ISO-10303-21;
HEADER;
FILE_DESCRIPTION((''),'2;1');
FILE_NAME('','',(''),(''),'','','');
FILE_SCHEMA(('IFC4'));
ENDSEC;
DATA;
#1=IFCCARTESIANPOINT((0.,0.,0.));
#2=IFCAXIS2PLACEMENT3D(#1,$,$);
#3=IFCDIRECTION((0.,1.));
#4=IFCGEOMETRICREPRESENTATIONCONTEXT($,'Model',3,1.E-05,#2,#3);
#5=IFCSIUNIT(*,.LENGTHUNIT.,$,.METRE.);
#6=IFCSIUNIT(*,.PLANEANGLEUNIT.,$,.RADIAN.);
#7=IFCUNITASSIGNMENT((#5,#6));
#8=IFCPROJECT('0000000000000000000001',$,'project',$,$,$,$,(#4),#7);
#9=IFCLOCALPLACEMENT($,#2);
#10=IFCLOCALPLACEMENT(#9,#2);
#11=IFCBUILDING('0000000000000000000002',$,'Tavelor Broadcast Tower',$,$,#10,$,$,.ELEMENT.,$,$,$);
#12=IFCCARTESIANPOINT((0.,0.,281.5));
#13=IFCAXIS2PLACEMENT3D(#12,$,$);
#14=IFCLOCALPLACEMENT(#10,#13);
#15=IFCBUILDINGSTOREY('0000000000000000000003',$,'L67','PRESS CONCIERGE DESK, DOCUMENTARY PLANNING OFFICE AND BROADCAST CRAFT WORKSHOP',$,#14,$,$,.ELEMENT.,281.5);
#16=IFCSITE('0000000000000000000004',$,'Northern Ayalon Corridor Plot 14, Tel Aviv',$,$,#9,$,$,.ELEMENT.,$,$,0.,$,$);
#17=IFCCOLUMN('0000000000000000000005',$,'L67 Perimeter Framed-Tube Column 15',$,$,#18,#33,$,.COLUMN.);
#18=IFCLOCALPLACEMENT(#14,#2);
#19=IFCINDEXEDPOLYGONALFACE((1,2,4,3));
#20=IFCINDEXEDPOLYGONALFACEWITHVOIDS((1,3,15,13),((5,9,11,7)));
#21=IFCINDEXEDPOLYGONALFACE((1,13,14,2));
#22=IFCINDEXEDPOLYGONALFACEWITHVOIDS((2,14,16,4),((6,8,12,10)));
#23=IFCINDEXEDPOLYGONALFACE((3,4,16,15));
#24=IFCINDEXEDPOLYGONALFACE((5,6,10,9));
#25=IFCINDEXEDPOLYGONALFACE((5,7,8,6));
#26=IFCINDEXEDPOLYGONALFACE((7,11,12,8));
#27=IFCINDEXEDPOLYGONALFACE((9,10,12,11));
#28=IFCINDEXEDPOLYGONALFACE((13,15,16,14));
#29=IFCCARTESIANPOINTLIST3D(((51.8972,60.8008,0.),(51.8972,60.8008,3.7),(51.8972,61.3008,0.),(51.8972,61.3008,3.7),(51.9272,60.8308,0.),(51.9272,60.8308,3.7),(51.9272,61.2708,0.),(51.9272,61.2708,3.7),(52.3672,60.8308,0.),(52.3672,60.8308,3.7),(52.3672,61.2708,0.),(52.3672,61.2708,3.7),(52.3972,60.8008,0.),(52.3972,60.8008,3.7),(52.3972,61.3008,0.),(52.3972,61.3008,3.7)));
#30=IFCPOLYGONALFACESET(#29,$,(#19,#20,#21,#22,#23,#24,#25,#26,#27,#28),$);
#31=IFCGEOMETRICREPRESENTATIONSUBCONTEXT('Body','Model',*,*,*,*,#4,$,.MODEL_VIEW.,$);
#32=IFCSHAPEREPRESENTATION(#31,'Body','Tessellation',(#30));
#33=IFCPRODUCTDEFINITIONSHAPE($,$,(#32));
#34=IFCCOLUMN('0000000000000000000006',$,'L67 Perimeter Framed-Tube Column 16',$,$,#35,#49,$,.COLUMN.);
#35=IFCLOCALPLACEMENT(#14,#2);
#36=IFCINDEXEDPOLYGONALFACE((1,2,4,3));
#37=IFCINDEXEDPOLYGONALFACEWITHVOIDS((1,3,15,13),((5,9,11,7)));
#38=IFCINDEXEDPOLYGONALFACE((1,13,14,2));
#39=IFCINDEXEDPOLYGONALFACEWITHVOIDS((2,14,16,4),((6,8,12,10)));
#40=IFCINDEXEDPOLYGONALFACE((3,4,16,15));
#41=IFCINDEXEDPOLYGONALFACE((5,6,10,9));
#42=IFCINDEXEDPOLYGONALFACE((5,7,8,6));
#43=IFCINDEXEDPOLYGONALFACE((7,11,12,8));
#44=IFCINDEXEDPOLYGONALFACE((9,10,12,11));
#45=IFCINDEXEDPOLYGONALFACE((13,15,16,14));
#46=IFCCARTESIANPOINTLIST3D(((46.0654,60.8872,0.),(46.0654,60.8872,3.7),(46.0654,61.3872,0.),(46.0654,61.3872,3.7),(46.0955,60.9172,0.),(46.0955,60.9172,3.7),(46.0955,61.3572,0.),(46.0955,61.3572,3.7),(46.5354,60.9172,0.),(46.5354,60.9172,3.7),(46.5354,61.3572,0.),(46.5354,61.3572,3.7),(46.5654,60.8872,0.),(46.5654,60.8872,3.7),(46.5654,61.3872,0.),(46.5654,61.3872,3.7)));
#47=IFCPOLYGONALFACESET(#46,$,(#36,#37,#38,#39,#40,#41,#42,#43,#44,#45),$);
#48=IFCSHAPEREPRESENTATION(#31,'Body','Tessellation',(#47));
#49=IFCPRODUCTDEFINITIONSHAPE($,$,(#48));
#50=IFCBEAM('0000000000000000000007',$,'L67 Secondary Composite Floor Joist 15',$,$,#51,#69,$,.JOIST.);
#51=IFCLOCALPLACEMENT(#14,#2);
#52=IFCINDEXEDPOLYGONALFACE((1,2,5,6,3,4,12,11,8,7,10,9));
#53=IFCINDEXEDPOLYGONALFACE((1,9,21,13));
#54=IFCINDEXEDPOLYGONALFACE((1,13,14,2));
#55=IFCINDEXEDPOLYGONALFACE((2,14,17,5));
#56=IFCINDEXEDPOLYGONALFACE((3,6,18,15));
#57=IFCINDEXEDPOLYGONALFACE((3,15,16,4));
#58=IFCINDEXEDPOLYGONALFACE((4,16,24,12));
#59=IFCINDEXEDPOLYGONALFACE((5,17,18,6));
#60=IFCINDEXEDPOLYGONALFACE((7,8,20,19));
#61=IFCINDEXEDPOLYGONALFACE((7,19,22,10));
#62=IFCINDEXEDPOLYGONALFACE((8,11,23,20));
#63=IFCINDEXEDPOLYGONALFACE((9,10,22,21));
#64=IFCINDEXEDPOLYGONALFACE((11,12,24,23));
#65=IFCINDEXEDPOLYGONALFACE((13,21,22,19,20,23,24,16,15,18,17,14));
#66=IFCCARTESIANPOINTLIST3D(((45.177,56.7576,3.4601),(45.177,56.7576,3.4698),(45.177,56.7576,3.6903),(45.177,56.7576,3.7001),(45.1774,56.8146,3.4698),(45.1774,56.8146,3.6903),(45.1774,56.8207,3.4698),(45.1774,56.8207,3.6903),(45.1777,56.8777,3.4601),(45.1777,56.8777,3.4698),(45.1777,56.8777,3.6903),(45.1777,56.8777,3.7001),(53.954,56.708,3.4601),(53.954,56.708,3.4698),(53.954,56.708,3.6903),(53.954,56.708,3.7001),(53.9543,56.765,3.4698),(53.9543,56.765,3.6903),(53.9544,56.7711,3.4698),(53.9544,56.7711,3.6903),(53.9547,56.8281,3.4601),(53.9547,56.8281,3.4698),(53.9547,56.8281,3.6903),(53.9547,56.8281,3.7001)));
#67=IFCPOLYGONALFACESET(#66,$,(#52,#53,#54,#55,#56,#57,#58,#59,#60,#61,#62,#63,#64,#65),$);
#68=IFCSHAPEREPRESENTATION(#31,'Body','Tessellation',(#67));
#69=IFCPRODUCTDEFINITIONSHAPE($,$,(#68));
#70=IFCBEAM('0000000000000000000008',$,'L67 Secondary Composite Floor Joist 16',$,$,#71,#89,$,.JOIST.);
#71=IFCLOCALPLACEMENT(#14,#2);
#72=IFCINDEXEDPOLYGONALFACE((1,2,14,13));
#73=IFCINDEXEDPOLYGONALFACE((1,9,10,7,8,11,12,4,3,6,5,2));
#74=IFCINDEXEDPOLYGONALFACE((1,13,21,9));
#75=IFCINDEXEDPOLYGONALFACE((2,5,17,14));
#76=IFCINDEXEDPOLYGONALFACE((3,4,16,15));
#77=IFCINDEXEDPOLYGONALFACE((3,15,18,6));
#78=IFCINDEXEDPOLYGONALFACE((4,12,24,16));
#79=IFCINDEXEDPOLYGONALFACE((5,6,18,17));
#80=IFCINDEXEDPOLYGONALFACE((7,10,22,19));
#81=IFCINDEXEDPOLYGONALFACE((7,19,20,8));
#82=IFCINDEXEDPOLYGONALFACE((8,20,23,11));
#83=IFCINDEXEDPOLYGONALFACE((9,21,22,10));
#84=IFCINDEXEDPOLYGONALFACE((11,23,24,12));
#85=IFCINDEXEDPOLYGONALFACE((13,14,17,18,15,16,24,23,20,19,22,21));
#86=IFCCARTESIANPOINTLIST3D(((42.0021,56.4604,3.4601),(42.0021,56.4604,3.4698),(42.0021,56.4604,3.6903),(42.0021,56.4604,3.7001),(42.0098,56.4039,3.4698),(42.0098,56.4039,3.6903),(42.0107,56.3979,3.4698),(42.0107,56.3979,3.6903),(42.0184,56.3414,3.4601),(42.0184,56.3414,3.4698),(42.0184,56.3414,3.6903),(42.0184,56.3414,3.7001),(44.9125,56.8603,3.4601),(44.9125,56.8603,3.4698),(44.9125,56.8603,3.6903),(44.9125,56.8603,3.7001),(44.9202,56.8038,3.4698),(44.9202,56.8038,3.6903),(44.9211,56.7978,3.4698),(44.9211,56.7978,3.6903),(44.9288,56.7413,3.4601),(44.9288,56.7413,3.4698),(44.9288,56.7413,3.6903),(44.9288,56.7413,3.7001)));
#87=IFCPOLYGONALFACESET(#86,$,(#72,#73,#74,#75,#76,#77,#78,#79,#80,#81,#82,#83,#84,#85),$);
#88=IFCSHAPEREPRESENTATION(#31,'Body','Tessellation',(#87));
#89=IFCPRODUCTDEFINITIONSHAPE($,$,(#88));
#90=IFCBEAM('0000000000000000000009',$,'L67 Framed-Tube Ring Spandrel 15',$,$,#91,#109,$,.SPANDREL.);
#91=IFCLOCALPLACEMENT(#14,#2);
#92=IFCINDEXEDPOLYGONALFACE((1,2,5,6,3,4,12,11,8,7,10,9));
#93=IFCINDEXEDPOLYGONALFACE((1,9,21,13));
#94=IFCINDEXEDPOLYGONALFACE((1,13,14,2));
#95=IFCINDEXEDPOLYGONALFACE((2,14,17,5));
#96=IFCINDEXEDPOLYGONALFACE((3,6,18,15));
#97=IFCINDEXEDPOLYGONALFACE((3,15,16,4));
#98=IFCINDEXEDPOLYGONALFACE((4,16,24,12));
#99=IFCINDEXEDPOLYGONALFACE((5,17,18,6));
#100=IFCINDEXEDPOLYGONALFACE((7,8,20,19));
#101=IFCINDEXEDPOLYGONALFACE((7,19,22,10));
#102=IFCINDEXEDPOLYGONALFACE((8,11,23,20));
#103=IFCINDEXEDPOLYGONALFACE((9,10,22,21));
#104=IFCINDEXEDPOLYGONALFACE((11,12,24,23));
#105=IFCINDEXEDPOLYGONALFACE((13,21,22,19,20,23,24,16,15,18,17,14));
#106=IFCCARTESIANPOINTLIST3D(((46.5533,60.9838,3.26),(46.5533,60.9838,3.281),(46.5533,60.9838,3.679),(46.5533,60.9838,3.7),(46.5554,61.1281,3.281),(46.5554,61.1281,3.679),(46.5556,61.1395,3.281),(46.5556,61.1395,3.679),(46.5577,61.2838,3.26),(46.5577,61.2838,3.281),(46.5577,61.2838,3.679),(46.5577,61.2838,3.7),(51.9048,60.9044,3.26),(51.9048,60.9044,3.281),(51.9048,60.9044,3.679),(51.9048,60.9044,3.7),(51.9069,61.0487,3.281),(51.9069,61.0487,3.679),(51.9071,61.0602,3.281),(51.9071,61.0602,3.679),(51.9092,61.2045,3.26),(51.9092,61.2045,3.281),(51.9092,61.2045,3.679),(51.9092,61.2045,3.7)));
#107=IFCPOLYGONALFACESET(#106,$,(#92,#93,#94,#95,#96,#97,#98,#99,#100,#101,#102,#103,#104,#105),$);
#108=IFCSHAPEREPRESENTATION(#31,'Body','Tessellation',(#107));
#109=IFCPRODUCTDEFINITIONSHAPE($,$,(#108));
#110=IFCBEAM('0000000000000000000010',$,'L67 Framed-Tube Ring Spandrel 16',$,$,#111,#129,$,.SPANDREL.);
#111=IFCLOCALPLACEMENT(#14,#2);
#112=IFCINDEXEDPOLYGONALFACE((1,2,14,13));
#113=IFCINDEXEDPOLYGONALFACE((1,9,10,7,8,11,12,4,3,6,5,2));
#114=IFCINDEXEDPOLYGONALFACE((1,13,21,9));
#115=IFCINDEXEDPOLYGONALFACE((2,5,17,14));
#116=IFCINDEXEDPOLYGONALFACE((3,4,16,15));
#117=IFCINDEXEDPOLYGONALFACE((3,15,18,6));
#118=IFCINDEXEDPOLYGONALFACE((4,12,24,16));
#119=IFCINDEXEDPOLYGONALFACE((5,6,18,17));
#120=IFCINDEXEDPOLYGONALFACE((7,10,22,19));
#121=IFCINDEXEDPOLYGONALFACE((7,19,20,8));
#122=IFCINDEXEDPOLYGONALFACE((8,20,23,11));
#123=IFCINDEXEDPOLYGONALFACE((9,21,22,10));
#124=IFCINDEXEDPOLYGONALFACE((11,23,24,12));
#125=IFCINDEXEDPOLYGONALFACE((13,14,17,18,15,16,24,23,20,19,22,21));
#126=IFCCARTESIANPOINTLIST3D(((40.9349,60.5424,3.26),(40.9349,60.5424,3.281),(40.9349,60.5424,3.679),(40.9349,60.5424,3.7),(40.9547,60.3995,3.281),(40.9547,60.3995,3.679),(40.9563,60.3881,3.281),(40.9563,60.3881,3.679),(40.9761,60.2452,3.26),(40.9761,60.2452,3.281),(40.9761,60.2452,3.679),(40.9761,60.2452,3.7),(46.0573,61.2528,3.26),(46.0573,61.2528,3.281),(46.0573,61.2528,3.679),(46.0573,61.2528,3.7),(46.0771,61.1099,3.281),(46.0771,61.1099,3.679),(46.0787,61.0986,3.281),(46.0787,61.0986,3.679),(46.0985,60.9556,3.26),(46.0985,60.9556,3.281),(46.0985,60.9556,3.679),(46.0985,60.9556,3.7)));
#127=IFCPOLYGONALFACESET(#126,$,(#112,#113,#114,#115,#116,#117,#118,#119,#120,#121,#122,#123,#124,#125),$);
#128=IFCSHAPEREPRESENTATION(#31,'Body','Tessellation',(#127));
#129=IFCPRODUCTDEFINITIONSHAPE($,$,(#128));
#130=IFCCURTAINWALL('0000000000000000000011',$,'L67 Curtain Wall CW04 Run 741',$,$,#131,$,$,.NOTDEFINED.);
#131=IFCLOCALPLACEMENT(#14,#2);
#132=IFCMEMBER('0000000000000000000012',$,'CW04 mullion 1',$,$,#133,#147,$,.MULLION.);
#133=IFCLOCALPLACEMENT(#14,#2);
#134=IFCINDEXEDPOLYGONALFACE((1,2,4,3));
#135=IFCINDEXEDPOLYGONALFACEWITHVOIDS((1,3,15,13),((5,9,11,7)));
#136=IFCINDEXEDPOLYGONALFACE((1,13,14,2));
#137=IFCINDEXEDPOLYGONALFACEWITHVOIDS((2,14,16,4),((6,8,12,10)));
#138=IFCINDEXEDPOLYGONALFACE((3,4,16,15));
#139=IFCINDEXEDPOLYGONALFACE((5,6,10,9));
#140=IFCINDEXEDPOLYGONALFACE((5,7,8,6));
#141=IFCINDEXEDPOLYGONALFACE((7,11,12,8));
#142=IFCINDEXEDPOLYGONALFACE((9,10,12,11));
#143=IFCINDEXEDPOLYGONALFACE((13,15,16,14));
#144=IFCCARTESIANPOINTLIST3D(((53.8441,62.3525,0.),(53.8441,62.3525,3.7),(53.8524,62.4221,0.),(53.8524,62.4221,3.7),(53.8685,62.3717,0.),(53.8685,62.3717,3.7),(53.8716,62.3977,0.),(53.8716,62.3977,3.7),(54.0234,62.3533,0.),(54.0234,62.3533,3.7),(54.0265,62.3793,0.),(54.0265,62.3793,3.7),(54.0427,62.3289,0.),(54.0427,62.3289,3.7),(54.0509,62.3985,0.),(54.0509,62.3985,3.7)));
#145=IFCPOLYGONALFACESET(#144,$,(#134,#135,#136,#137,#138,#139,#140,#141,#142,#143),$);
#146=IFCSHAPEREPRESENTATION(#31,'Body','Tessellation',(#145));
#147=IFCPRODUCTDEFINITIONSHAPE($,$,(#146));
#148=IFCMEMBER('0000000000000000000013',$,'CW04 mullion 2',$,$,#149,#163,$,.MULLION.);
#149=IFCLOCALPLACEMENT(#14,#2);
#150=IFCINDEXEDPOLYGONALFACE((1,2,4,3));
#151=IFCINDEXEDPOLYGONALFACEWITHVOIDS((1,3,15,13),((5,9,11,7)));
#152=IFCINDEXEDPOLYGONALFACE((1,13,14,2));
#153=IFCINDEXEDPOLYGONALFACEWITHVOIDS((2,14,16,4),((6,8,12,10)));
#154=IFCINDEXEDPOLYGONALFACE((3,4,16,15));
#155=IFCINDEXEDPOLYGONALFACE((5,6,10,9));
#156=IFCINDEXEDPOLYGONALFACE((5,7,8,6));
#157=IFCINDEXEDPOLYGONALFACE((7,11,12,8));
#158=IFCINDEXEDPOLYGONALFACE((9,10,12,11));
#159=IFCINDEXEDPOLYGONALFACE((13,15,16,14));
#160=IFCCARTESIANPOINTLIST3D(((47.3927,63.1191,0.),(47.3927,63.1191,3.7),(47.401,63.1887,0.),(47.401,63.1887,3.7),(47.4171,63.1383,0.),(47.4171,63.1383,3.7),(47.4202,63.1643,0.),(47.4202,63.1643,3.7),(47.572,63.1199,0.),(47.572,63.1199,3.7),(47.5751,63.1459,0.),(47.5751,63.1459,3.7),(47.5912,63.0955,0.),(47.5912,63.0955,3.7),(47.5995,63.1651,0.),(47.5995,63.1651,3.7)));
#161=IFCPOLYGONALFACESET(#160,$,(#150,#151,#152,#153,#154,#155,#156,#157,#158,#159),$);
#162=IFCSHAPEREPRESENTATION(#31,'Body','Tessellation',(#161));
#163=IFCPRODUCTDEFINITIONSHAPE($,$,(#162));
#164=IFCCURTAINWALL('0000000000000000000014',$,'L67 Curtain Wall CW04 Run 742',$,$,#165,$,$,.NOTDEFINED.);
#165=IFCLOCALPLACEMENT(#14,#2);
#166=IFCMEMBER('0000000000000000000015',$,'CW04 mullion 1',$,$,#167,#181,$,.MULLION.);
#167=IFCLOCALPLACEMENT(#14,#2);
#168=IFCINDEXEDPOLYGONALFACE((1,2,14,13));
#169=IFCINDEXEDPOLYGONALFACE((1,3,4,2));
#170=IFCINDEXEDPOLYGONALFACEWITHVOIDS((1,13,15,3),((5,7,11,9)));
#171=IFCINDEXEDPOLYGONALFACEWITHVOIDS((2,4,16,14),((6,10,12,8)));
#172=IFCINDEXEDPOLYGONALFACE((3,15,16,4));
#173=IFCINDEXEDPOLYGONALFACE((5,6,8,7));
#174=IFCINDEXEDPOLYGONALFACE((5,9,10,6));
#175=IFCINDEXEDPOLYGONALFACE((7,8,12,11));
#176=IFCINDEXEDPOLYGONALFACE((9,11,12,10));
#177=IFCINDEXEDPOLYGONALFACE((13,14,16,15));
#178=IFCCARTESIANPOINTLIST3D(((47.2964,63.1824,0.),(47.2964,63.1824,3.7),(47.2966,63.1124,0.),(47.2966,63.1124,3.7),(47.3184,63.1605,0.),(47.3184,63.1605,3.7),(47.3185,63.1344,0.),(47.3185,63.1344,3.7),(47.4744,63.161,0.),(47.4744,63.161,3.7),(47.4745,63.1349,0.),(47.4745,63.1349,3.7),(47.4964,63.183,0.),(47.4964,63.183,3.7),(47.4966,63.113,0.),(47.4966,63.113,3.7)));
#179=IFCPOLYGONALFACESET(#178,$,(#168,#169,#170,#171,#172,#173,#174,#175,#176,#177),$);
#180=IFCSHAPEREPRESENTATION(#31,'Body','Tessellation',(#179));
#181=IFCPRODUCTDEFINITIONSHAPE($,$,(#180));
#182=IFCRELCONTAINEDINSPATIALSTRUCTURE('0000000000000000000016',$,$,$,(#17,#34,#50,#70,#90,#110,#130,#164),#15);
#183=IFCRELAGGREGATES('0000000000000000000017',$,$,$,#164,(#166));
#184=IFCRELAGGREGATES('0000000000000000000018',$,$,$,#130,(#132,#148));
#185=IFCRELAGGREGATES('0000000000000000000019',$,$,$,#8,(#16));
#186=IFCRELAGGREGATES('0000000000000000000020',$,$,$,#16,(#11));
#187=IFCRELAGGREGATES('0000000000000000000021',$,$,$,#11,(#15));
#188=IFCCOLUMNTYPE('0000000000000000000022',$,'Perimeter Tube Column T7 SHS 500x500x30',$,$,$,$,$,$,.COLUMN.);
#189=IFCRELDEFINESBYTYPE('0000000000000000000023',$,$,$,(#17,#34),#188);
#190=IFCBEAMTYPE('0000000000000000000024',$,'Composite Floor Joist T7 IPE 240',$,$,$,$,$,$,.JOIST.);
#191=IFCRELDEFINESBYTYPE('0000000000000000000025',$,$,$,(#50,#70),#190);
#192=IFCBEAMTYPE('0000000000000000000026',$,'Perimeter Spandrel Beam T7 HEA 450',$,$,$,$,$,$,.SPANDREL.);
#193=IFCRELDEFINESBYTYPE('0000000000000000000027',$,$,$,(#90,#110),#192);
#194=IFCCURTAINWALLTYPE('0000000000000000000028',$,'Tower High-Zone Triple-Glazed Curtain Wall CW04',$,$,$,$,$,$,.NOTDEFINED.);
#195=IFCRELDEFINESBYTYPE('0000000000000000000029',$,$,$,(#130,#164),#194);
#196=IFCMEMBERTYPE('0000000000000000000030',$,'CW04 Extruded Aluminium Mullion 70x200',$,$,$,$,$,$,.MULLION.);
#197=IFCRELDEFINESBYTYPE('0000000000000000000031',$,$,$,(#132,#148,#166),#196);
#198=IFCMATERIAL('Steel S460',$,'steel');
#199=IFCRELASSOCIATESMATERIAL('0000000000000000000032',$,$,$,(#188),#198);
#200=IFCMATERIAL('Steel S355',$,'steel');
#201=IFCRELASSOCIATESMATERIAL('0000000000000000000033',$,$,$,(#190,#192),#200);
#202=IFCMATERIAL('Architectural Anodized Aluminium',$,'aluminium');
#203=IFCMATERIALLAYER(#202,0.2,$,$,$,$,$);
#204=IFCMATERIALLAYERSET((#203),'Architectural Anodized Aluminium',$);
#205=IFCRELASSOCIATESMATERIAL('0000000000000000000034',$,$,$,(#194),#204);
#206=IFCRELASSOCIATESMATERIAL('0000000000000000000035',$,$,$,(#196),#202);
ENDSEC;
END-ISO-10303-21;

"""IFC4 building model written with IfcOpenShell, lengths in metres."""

from ifc_helpers import new_model, si_unit, direction, frame, origin, origin_2d, place, context, subcontext, project, spatial, hollow_rectangle, i_section, extrude, source, transform, mapped, material, layer, layer_set, material_profile, profile_set, type_object, type_shapes, element, aggregate, save


model = new_model("IFC4")

# Units and contexts
model_context = context("Model", 3, precision=1e-05, world=origin(), true_north=direction((0.0, 1.0)))
body_context = subcontext(model_context, "Body", "Model", "MODEL_VIEW")
ifc_project = project(units=[si_unit("LENGTHUNIT", "METRE"), si_unit("PLANEANGLEUNIT", "RADIAN")], contexts=[model_context])

# Site, building, storey
site_placement = place(None, origin())
site = spatial("IfcSite", under=ifc_project, at=site_placement, Name="Northern Ayalon Corridor Plot 14, Tel Aviv", CompositionType="ELEMENT", RefElevation=0.0)
building_placement = place(site_placement, origin())
building = spatial("IfcBuilding", under=site, at=building_placement, Name="Tavelor Broadcast Tower", CompositionType="ELEMENT")
storey_placement = place(building_placement, frame((0.0, 0.0, 281.5)))
storey = spatial("IfcBuildingStorey", under=building, at=storey_placement, Name="L67", Description="PRESS CONCIERGE DESK, DOCUMENTARY PLANNING OFFICE AND BROADCAST CRAFT WORKSHOP", CompositionType="ELEMENT", Elevation=281.5)

# Columns
ifc_material_1 = material(Name="Steel S460", Category="steel")
ifc_material_profile_1 = material_profile(ifc_material_1, hollow_rectangle(XDim=0.5, YDim=0.5, WallThickness=0.03, at=origin_2d()), Name="SHS 500x500x30")
ifc_profile_set_1 = profile_set([ifc_material_profile_1], Name="Steel S460")
column_type = type_object("IfcColumnType", Name="Perimeter Tube Column T7 SHS 500x500x30", PredefinedType="COLUMN", material=ifc_profile_set_1)
for number, where, z_axis, x_axis, name in (
    (1, (52.1472, 61.0508, 0.0), (0.0, 0.0, 1.0), (1.0, 0.0, 0.0), "L67 Perimeter Framed-Tube Column 15"),
    (2, (46.3154, 61.1372, 0.0), (0.0, 0.0, 1.0), (1.0, 0.0, 0.0), "L67 Perimeter Framed-Tube Column 16"),
):
    element("IfcColumn", number, at=place(storey_placement, frame(where, z_axis=z_axis, x_axis=x_axis)), inside=storey, type_object=column_type, Name=name, PredefinedType="COLUMN", context=body_context, shape_type="SweptSolid", body=[
        extrude(hollow_rectangle(XDim=0.5, YDim=0.5, WallThickness=0.03, at=origin_2d()), origin(), (0.0, 0.0, 1.0), 3.7),
    ])

# Beams
ifc_material_2 = material(Name="Steel S355", Category="steel")
ifc_material_profile_2 = material_profile(ifc_material_2, i_section(OverallWidth=0.1201, OverallDepth=0.24, WebThickness=0.0061, FlangeThickness=0.0098, at=origin_2d()), Name="IPE 240")
ifc_profile_set_2 = profile_set([ifc_material_profile_2], Name="Steel S355")
beam_type_1 = type_object("IfcBeamType", Name="Composite Floor Joist T7 IPE 240", PredefinedType="JOIST", material=ifc_profile_set_2)
beam_1_placement = place(storey_placement, frame((53.9543, 56.7681, 3.5801), z_axis=(-0.999984, 0.005647, 0.0), x_axis=(-0.005647, -0.999984, 0.0)))
element("IfcBeam", 3, at=beam_1_placement, inside=storey, type_object=beam_type_1, Name="L67 Secondary Composite Floor Joist 15", PredefinedType="JOIST", context=body_context, shape_type="SweptSolid", body=[
    extrude(i_section(OverallWidth=0.1201, OverallDepth=0.24, WebThickness=0.0061, FlangeThickness=0.0098, at=origin_2d()), origin(), (0.0, 0.0, 1.0), 8.7771),
])
beam_2_placement = place(storey_placement, frame((44.9207, 56.8008, 3.5801), z_axis=(-0.990692, -0.136126, 0.0), x_axis=(0.136126, -0.990692, 0.0)))
element("IfcBeam", 4, at=beam_2_placement, inside=storey, type_object=beam_type_1, Name="L67 Secondary Composite Floor Joist 16", PredefinedType="JOIST", context=body_context, shape_type="SweptSolid", body=[
    extrude(i_section(OverallWidth=0.1201, OverallDepth=0.24, WebThickness=0.0061, FlangeThickness=0.0098, at=origin_2d()), origin(), (0.0, 0.0, 1.0), 2.9377),
])
ifc_material_profile_3 = material_profile(ifc_material_2, i_section(OverallWidth=0.3, OverallDepth=0.4399, WebThickness=0.0115, FlangeThickness=0.021, at=origin_2d()), Name="HEA 450")
ifc_profile_set_3 = profile_set([ifc_material_profile_3], Name="Steel S355")
beam_type_2 = type_object("IfcBeamType", Name="Perimeter Spandrel Beam T7 HEA 450", PredefinedType="SPANDREL", material=ifc_profile_set_3)
beam_3_placement = place(storey_placement, frame((51.907, 61.0544, 3.48), z_axis=(-0.99989, 0.014825, 0.0), x_axis=(-0.014825, -0.99989, 0.0)))
element("IfcBeam", 5, at=beam_3_placement, inside=storey, type_object=beam_type_2, Name="L67 Framed-Tube Ring Spandrel 15", PredefinedType="SPANDREL", context=body_context, shape_type="SweptSolid", body=[
    extrude(i_section(OverallWidth=0.3, OverallDepth=0.4399, WebThickness=0.0115, FlangeThickness=0.021, at=origin_2d()), origin(), (0.0, 0.0, 1.0), 5.3521),
])
beam_4_placement = place(storey_placement, frame((46.0779, 61.1042, 3.48), z_axis=(-0.990518, -0.137382, 0.0), x_axis=(0.137382, -0.990518, 0.0)))
element("IfcBeam", 6, at=beam_4_placement, inside=storey, type_object=beam_type_2, Name="L67 Framed-Tube Ring Spandrel 16", PredefinedType="SPANDREL", context=body_context, shape_type="SweptSolid", body=[
    extrude(i_section(OverallWidth=0.3, OverallDepth=0.4399, WebThickness=0.0115, FlangeThickness=0.021, at=origin_2d()), origin(), (0.0, 0.0, 1.0), 5.1714),
])

# Curtain wall, members
ifc_material_3 = material(Name="Architectural Anodized Aluminium", Category="aluminium")
ifc_layer_1 = layer(ifc_material_3, 0.2)
ifc_layer_set_1 = layer_set([ifc_layer_1], Name="Architectural Anodized Aluminium")
curtain_wall_type = type_object("IfcCurtainWallType", Name="Tower High-Zone Triple-Glazed Curtain Wall CW04", PredefinedType="NOTDEFINED", material=ifc_layer_set_1)
curtain_wall_1_placement = place(storey_placement, origin())
curtain_wall_1 = element("IfcCurtainWall", 7, at=curtain_wall_1_placement, inside=storey, type_object=curtain_wall_type, Name="L67 Curtain Wall CW04 Run 741", PredefinedType="NOTDEFINED")
ifc_material_profile_4 = material_profile(ifc_material_3, hollow_rectangle(XDim=0.0701, YDim=0.2, WallThickness=0.022, at=origin_2d()), Name="RHS 70x200x22")
ifc_profile_set_4 = profile_set([ifc_material_profile_4], Name="Architectural Anodized Aluminium")
member_type_1 = type_object("IfcMemberType", Name="CW04 Extruded Aluminium Mullion 70x200", PredefinedType="MULLION", material=ifc_profile_set_4)
shared_shape_1 = source(origin(), body_context, "Body", "SweptSolid", [
    extrude(hollow_rectangle(XDim=0.0701, YDim=0.2, WallThickness=0.022, at=origin_2d()), origin(), (0.0, 0.0, 1.0), 3.7),
])
type_shapes(member_type_1, [shared_shape_1])
member_1_placement = place(storey_placement, frame((53.9475, 62.3755, 0.0), z_axis=(0.0, 0.0, 1.0), x_axis=(-0.117986, -0.993015, 0.0)))
member_1 = element("IfcMember", 8, at=member_1_placement, type_object=member_type_1, Name="CW04 mullion 1", PredefinedType="MULLION", context=body_context, shape_type="MappedRepresentation", body=[
    mapped(shared_shape_1, transform((0.0, 0.0, 0.0), scale=1.0)),
])
member_2_placement = place(storey_placement, frame((47.4961, 63.1421, 0.0), z_axis=(0.0, 0.0, 1.0), x_axis=(-0.117986, -0.993015, 0.0)))
member_2 = element("IfcMember", 9, at=member_2_placement, type_object=member_type_1, Name="CW04 mullion 2", PredefinedType="MULLION", context=body_context, shape_type="MappedRepresentation", body=[
    mapped(shared_shape_1, transform((0.0, 0.0, 0.0), scale=1.0)),
])

# Curtain wall, member
curtain_wall_2_placement = place(storey_placement, origin())
curtain_wall_2 = element("IfcCurtainWall", 10, at=curtain_wall_2_placement, inside=storey, type_object=curtain_wall_type, Name="L67 Curtain Wall CW04 Run 742", PredefinedType="NOTDEFINED")
member_3_placement = place(storey_placement, frame((47.3965, 63.1477, 0.0), z_axis=(0.0, 0.0, 1.0), x_axis=(0.003052, -0.999995, 0.0)))
member_3 = element("IfcMember", 11, at=member_3_placement, type_object=member_type_1, Name="CW04 mullion 1", PredefinedType="MULLION", context=body_context, shape_type="MappedRepresentation", body=[
    mapped(shared_shape_1, transform((0.0, 0.0, 0.0), scale=1.0)),
])

aggregate(curtain_wall_2, [member_3])
aggregate(curtain_wall_1, [member_1, member_2])

save(model, "model.ifc")
